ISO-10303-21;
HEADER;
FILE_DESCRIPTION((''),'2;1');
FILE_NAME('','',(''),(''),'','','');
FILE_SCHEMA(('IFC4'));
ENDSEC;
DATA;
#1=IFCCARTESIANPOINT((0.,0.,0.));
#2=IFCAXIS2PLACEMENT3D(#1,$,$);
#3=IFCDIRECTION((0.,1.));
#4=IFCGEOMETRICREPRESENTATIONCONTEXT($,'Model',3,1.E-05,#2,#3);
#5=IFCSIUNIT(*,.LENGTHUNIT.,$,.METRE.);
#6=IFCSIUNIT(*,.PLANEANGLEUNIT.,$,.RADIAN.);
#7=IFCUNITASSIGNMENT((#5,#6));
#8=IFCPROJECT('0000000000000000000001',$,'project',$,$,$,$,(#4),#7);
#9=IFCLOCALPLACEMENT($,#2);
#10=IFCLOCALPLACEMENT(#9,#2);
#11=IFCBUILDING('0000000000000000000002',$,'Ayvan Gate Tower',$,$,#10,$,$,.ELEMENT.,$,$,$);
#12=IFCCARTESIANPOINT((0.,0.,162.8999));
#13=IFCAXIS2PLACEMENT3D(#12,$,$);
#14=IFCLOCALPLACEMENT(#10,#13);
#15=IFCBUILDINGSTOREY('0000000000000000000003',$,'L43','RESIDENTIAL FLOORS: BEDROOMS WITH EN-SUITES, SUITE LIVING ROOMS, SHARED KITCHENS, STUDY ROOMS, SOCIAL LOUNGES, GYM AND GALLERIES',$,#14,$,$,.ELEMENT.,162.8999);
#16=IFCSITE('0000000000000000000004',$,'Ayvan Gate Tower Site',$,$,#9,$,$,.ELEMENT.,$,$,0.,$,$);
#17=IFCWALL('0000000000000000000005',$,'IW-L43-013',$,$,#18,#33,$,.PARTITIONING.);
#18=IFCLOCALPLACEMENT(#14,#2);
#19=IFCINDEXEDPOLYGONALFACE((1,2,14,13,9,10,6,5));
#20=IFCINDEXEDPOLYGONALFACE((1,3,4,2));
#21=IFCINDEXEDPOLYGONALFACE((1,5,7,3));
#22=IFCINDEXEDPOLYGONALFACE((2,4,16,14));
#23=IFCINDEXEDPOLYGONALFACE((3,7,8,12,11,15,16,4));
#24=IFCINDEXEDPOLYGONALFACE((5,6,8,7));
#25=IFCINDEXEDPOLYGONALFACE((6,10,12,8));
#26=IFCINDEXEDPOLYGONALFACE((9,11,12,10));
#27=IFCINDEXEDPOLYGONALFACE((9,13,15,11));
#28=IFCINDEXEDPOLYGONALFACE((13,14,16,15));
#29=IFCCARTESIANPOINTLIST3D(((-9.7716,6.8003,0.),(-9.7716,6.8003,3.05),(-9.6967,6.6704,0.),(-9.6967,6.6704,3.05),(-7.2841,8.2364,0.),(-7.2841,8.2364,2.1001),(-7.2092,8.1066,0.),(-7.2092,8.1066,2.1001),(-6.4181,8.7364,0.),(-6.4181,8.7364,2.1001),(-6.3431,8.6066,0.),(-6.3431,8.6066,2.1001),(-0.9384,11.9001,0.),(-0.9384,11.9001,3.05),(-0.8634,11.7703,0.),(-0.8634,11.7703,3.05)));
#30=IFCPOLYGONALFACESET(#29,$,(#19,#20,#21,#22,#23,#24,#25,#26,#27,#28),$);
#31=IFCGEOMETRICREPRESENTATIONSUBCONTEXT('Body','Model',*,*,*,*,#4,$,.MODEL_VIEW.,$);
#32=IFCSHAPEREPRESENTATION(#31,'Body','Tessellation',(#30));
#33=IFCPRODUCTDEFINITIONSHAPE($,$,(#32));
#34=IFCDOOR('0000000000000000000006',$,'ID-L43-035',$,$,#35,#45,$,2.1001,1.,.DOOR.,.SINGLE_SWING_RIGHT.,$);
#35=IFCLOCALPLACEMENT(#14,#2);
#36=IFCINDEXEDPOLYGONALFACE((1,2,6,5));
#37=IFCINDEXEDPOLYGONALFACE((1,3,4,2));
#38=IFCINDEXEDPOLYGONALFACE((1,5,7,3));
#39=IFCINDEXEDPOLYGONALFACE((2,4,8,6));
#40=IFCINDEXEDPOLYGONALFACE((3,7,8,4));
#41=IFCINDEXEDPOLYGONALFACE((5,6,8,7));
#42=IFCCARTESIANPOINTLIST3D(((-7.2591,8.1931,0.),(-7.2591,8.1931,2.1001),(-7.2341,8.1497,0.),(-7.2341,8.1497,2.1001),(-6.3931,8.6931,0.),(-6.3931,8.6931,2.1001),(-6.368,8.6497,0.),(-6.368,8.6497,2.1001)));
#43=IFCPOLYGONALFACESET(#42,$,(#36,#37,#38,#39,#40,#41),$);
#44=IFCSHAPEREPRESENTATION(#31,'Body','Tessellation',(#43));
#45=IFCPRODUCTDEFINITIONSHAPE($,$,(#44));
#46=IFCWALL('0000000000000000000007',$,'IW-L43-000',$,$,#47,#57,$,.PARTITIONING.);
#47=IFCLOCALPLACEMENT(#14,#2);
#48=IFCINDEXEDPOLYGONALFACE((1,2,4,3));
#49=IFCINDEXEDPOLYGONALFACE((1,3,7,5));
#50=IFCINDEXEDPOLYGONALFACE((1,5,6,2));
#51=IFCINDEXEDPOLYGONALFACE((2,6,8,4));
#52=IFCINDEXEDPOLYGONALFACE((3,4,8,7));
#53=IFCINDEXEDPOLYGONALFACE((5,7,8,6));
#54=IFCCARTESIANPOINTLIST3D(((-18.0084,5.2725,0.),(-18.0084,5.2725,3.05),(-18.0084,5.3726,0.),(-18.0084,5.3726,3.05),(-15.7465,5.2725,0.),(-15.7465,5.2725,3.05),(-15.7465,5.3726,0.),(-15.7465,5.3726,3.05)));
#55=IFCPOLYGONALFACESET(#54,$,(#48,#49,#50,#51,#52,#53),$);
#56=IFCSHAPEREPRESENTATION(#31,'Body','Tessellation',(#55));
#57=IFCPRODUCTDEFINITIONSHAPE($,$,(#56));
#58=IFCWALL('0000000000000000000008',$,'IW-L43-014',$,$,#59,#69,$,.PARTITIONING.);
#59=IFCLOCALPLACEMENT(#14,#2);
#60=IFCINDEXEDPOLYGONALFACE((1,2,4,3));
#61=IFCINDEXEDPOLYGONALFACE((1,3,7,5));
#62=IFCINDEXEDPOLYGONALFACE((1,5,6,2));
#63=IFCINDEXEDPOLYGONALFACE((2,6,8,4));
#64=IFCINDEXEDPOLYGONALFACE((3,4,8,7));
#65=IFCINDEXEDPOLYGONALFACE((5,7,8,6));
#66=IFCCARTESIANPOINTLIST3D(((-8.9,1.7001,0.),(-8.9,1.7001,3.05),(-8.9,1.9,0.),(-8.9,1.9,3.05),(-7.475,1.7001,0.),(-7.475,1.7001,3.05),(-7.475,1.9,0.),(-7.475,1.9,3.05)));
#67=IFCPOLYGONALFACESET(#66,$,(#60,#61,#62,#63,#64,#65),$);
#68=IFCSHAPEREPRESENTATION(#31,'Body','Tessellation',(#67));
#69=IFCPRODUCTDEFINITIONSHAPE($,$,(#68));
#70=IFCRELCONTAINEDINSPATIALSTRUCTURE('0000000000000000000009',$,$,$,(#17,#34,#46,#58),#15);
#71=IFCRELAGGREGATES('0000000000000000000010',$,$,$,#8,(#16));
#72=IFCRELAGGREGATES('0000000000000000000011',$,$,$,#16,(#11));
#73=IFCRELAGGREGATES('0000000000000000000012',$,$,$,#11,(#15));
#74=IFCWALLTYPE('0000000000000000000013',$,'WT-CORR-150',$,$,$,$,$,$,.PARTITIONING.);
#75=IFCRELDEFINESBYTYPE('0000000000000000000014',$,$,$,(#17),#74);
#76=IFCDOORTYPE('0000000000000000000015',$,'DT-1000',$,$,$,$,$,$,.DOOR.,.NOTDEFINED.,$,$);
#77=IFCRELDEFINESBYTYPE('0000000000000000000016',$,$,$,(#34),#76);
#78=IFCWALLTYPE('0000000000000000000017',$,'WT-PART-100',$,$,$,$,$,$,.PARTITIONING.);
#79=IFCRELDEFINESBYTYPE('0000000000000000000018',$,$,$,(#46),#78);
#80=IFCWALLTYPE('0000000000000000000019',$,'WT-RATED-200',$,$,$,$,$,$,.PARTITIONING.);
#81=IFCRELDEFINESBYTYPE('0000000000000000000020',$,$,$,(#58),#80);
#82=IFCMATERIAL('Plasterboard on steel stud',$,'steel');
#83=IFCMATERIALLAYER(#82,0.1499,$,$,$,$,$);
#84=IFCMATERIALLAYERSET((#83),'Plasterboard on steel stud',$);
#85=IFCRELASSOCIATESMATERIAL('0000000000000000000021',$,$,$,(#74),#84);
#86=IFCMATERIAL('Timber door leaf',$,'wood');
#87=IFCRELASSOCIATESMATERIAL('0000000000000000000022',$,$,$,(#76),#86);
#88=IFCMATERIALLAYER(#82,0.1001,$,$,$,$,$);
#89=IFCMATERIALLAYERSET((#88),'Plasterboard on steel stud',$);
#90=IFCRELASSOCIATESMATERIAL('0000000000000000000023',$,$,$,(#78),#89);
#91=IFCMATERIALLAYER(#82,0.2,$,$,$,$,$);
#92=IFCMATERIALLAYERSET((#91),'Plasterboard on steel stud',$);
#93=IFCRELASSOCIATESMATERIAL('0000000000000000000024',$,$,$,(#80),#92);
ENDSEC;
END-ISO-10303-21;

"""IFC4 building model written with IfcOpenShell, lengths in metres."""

from ifc_helpers import new_model, si_unit, direction, frame, frame_2d, origin, place, context, subcontext, project, spatial, rectangle, extrude, material, layer, layer_set, type_object, element, fill, save


model = new_model("IFC4")

# Units and contexts
model_context = context("Model", 3, precision=1e-05, world=origin(), true_north=direction((0.0, 1.0)))
body_context = subcontext(model_context, "Body", "Model", "MODEL_VIEW")
ifc_project = project(units=[si_unit("LENGTHUNIT", "METRE"), si_unit("PLANEANGLEUNIT", "RADIAN")], contexts=[model_context])

# Site, building, storey
site_placement = place(None, origin())
site = spatial("IfcSite", under=ifc_project, at=site_placement, Name="Ayvan Gate Tower Site", CompositionType="ELEMENT", RefElevation=0.0)
building_placement = place(site_placement, origin())
building = spatial("IfcBuilding", under=site, at=building_placement, Name="Ayvan Gate Tower", CompositionType="ELEMENT")
storey_placement = place(building_placement, frame((0.0, 0.0, 162.8999)))
storey = spatial("IfcBuildingStorey", under=building, at=storey_placement, Name="L43", Description="RESIDENTIAL FLOORS: BEDROOMS WITH EN-SUITES, SUITE LIVING ROOMS, SHARED KITCHENS, STUDY ROOMS, SOCIAL LOUNGES, GYM AND GALLERIES", CompositionType="ELEMENT", Elevation=162.8999)

# Shared definitions
ifc_material_1 = material(Name="Timber door leaf", Category="wood")

# Shared definitions
ifc_material_2 = material(Name="Plasterboard on steel stud", Category="steel")
ifc_layer_1 = layer(ifc_material_2, 0.1499)
ifc_layer_set_1 = layer_set([ifc_layer_1], Name="Plasterboard on steel stud")
wall_type_1 = type_object("IfcWallType", Name="WT-CORR-150", PredefinedType="PARTITIONING", material=ifc_layer_set_1)
door_type_1 = type_object("IfcDoorType", Name="DT-1000", OperationType="NOTDEFINED", PredefinedType="DOOR", material=ifc_material_1)

# Wall, opening, door
wall_1_placement = place(storey_placement, frame((-9.7341, 6.7354, 0.0), z_axis=(0.0, 0.0, 1.0), x_axis=(0.866027, 0.499998, 0.0)))
wall_1 = element("IfcWall", 1, at=wall_1_placement, inside=storey, type_object=wall_type_1, Name="IW-L43-013", PredefinedType="PARTITIONING", context=body_context, shape_type="SweptSolid", body=[
    extrude(rectangle(XDim=10.1997, YDim=0.1499, at=frame_2d((5.0999, 0.0))), origin(), (0.0, 0.0, 1.0), 3.05),
])
opening_1_placement = place(wall_1_placement, frame((2.8723, 0.0, 0.0)))
opening_1 = element("IfcOpeningElement", 2, at=opening_1_placement, cuts=wall_1, PredefinedType="OPENING", context=body_context, shape_type="SweptSolid", body=[
    extrude(rectangle(XDim=1.0, YDim=2.1001, at=frame_2d((0.5, 1.05))), frame((0.0, 0.085, 0.0), z_axis=(0.0, -1.0, 0.0), x_axis=(1.0, 0.0, 0.0)), (0.0, 0.0, 1.0), 0.1699),
])
door_1_placement = place(opening_1_placement, origin())
door_1 = element("IfcDoor", 3, at=door_1_placement, inside=storey, type_object=door_type_1, Name="ID-L43-035", OperationType="SINGLE_SWING_RIGHT", OverallHeight=2.1001, OverallWidth=1.0, PredefinedType="DOOR", context=body_context, shape_type="SweptSolid", body=[
    extrude(rectangle(XDim=1.0, YDim=2.1001, at=frame_2d((0.5, 1.05))), frame((0.0, 0.0249, 0.0), z_axis=(0.0, -1.0, 0.0), x_axis=(1.0, 0.0, 0.0)), (0.0, 0.0, 1.0), 0.05),
])
fill(opening_1, door_1)

# Walls
ifc_layer_2 = layer(ifc_material_2, 0.1001)
ifc_layer_set_2 = layer_set([ifc_layer_2], Name="Plasterboard on steel stud")
wall_type_2 = type_object("IfcWallType", Name="WT-PART-100", PredefinedType="PARTITIONING", material=ifc_layer_set_2)
wall_2_placement = place(storey_placement, frame((-15.7466, 5.3225, 0.0), z_axis=(0.0, 0.0, 1.0), x_axis=(-1.0, 0.0, 0.0)))
element("IfcWall", 4, at=wall_2_placement, inside=storey, type_object=wall_type_2, Name="IW-L43-000", PredefinedType="PARTITIONING", context=body_context, shape_type="SweptSolid", body=[
    extrude(rectangle(XDim=2.262, YDim=0.1001, at=frame_2d((1.1309, 0.0))), origin(), (0.0, 0.0, 1.0), 3.05),
])
ifc_layer_3 = layer(ifc_material_2, 0.2)
ifc_layer_set_3 = layer_set([ifc_layer_3], Name="Plasterboard on steel stud")
wall_type_3 = type_object("IfcWallType", Name="WT-RATED-200", PredefinedType="PARTITIONING", material=ifc_layer_set_3)
wall_3_placement = place(storey_placement, frame((-8.8999, 1.8, 0.0), z_axis=(0.0, 0.0, 1.0), x_axis=(1.0, 0.0, 0.0)))
element("IfcWall", 5, at=wall_3_placement, inside=storey, type_object=wall_type_3, Name="IW-L43-014", PredefinedType="PARTITIONING", context=body_context, shape_type="SweptSolid", body=[
    extrude(rectangle(XDim=1.425, YDim=0.2, at=frame_2d((0.7124, 0.0))), origin(), (0.0, 0.0, 1.0), 3.05),
])

save(model, "model.ifc")
